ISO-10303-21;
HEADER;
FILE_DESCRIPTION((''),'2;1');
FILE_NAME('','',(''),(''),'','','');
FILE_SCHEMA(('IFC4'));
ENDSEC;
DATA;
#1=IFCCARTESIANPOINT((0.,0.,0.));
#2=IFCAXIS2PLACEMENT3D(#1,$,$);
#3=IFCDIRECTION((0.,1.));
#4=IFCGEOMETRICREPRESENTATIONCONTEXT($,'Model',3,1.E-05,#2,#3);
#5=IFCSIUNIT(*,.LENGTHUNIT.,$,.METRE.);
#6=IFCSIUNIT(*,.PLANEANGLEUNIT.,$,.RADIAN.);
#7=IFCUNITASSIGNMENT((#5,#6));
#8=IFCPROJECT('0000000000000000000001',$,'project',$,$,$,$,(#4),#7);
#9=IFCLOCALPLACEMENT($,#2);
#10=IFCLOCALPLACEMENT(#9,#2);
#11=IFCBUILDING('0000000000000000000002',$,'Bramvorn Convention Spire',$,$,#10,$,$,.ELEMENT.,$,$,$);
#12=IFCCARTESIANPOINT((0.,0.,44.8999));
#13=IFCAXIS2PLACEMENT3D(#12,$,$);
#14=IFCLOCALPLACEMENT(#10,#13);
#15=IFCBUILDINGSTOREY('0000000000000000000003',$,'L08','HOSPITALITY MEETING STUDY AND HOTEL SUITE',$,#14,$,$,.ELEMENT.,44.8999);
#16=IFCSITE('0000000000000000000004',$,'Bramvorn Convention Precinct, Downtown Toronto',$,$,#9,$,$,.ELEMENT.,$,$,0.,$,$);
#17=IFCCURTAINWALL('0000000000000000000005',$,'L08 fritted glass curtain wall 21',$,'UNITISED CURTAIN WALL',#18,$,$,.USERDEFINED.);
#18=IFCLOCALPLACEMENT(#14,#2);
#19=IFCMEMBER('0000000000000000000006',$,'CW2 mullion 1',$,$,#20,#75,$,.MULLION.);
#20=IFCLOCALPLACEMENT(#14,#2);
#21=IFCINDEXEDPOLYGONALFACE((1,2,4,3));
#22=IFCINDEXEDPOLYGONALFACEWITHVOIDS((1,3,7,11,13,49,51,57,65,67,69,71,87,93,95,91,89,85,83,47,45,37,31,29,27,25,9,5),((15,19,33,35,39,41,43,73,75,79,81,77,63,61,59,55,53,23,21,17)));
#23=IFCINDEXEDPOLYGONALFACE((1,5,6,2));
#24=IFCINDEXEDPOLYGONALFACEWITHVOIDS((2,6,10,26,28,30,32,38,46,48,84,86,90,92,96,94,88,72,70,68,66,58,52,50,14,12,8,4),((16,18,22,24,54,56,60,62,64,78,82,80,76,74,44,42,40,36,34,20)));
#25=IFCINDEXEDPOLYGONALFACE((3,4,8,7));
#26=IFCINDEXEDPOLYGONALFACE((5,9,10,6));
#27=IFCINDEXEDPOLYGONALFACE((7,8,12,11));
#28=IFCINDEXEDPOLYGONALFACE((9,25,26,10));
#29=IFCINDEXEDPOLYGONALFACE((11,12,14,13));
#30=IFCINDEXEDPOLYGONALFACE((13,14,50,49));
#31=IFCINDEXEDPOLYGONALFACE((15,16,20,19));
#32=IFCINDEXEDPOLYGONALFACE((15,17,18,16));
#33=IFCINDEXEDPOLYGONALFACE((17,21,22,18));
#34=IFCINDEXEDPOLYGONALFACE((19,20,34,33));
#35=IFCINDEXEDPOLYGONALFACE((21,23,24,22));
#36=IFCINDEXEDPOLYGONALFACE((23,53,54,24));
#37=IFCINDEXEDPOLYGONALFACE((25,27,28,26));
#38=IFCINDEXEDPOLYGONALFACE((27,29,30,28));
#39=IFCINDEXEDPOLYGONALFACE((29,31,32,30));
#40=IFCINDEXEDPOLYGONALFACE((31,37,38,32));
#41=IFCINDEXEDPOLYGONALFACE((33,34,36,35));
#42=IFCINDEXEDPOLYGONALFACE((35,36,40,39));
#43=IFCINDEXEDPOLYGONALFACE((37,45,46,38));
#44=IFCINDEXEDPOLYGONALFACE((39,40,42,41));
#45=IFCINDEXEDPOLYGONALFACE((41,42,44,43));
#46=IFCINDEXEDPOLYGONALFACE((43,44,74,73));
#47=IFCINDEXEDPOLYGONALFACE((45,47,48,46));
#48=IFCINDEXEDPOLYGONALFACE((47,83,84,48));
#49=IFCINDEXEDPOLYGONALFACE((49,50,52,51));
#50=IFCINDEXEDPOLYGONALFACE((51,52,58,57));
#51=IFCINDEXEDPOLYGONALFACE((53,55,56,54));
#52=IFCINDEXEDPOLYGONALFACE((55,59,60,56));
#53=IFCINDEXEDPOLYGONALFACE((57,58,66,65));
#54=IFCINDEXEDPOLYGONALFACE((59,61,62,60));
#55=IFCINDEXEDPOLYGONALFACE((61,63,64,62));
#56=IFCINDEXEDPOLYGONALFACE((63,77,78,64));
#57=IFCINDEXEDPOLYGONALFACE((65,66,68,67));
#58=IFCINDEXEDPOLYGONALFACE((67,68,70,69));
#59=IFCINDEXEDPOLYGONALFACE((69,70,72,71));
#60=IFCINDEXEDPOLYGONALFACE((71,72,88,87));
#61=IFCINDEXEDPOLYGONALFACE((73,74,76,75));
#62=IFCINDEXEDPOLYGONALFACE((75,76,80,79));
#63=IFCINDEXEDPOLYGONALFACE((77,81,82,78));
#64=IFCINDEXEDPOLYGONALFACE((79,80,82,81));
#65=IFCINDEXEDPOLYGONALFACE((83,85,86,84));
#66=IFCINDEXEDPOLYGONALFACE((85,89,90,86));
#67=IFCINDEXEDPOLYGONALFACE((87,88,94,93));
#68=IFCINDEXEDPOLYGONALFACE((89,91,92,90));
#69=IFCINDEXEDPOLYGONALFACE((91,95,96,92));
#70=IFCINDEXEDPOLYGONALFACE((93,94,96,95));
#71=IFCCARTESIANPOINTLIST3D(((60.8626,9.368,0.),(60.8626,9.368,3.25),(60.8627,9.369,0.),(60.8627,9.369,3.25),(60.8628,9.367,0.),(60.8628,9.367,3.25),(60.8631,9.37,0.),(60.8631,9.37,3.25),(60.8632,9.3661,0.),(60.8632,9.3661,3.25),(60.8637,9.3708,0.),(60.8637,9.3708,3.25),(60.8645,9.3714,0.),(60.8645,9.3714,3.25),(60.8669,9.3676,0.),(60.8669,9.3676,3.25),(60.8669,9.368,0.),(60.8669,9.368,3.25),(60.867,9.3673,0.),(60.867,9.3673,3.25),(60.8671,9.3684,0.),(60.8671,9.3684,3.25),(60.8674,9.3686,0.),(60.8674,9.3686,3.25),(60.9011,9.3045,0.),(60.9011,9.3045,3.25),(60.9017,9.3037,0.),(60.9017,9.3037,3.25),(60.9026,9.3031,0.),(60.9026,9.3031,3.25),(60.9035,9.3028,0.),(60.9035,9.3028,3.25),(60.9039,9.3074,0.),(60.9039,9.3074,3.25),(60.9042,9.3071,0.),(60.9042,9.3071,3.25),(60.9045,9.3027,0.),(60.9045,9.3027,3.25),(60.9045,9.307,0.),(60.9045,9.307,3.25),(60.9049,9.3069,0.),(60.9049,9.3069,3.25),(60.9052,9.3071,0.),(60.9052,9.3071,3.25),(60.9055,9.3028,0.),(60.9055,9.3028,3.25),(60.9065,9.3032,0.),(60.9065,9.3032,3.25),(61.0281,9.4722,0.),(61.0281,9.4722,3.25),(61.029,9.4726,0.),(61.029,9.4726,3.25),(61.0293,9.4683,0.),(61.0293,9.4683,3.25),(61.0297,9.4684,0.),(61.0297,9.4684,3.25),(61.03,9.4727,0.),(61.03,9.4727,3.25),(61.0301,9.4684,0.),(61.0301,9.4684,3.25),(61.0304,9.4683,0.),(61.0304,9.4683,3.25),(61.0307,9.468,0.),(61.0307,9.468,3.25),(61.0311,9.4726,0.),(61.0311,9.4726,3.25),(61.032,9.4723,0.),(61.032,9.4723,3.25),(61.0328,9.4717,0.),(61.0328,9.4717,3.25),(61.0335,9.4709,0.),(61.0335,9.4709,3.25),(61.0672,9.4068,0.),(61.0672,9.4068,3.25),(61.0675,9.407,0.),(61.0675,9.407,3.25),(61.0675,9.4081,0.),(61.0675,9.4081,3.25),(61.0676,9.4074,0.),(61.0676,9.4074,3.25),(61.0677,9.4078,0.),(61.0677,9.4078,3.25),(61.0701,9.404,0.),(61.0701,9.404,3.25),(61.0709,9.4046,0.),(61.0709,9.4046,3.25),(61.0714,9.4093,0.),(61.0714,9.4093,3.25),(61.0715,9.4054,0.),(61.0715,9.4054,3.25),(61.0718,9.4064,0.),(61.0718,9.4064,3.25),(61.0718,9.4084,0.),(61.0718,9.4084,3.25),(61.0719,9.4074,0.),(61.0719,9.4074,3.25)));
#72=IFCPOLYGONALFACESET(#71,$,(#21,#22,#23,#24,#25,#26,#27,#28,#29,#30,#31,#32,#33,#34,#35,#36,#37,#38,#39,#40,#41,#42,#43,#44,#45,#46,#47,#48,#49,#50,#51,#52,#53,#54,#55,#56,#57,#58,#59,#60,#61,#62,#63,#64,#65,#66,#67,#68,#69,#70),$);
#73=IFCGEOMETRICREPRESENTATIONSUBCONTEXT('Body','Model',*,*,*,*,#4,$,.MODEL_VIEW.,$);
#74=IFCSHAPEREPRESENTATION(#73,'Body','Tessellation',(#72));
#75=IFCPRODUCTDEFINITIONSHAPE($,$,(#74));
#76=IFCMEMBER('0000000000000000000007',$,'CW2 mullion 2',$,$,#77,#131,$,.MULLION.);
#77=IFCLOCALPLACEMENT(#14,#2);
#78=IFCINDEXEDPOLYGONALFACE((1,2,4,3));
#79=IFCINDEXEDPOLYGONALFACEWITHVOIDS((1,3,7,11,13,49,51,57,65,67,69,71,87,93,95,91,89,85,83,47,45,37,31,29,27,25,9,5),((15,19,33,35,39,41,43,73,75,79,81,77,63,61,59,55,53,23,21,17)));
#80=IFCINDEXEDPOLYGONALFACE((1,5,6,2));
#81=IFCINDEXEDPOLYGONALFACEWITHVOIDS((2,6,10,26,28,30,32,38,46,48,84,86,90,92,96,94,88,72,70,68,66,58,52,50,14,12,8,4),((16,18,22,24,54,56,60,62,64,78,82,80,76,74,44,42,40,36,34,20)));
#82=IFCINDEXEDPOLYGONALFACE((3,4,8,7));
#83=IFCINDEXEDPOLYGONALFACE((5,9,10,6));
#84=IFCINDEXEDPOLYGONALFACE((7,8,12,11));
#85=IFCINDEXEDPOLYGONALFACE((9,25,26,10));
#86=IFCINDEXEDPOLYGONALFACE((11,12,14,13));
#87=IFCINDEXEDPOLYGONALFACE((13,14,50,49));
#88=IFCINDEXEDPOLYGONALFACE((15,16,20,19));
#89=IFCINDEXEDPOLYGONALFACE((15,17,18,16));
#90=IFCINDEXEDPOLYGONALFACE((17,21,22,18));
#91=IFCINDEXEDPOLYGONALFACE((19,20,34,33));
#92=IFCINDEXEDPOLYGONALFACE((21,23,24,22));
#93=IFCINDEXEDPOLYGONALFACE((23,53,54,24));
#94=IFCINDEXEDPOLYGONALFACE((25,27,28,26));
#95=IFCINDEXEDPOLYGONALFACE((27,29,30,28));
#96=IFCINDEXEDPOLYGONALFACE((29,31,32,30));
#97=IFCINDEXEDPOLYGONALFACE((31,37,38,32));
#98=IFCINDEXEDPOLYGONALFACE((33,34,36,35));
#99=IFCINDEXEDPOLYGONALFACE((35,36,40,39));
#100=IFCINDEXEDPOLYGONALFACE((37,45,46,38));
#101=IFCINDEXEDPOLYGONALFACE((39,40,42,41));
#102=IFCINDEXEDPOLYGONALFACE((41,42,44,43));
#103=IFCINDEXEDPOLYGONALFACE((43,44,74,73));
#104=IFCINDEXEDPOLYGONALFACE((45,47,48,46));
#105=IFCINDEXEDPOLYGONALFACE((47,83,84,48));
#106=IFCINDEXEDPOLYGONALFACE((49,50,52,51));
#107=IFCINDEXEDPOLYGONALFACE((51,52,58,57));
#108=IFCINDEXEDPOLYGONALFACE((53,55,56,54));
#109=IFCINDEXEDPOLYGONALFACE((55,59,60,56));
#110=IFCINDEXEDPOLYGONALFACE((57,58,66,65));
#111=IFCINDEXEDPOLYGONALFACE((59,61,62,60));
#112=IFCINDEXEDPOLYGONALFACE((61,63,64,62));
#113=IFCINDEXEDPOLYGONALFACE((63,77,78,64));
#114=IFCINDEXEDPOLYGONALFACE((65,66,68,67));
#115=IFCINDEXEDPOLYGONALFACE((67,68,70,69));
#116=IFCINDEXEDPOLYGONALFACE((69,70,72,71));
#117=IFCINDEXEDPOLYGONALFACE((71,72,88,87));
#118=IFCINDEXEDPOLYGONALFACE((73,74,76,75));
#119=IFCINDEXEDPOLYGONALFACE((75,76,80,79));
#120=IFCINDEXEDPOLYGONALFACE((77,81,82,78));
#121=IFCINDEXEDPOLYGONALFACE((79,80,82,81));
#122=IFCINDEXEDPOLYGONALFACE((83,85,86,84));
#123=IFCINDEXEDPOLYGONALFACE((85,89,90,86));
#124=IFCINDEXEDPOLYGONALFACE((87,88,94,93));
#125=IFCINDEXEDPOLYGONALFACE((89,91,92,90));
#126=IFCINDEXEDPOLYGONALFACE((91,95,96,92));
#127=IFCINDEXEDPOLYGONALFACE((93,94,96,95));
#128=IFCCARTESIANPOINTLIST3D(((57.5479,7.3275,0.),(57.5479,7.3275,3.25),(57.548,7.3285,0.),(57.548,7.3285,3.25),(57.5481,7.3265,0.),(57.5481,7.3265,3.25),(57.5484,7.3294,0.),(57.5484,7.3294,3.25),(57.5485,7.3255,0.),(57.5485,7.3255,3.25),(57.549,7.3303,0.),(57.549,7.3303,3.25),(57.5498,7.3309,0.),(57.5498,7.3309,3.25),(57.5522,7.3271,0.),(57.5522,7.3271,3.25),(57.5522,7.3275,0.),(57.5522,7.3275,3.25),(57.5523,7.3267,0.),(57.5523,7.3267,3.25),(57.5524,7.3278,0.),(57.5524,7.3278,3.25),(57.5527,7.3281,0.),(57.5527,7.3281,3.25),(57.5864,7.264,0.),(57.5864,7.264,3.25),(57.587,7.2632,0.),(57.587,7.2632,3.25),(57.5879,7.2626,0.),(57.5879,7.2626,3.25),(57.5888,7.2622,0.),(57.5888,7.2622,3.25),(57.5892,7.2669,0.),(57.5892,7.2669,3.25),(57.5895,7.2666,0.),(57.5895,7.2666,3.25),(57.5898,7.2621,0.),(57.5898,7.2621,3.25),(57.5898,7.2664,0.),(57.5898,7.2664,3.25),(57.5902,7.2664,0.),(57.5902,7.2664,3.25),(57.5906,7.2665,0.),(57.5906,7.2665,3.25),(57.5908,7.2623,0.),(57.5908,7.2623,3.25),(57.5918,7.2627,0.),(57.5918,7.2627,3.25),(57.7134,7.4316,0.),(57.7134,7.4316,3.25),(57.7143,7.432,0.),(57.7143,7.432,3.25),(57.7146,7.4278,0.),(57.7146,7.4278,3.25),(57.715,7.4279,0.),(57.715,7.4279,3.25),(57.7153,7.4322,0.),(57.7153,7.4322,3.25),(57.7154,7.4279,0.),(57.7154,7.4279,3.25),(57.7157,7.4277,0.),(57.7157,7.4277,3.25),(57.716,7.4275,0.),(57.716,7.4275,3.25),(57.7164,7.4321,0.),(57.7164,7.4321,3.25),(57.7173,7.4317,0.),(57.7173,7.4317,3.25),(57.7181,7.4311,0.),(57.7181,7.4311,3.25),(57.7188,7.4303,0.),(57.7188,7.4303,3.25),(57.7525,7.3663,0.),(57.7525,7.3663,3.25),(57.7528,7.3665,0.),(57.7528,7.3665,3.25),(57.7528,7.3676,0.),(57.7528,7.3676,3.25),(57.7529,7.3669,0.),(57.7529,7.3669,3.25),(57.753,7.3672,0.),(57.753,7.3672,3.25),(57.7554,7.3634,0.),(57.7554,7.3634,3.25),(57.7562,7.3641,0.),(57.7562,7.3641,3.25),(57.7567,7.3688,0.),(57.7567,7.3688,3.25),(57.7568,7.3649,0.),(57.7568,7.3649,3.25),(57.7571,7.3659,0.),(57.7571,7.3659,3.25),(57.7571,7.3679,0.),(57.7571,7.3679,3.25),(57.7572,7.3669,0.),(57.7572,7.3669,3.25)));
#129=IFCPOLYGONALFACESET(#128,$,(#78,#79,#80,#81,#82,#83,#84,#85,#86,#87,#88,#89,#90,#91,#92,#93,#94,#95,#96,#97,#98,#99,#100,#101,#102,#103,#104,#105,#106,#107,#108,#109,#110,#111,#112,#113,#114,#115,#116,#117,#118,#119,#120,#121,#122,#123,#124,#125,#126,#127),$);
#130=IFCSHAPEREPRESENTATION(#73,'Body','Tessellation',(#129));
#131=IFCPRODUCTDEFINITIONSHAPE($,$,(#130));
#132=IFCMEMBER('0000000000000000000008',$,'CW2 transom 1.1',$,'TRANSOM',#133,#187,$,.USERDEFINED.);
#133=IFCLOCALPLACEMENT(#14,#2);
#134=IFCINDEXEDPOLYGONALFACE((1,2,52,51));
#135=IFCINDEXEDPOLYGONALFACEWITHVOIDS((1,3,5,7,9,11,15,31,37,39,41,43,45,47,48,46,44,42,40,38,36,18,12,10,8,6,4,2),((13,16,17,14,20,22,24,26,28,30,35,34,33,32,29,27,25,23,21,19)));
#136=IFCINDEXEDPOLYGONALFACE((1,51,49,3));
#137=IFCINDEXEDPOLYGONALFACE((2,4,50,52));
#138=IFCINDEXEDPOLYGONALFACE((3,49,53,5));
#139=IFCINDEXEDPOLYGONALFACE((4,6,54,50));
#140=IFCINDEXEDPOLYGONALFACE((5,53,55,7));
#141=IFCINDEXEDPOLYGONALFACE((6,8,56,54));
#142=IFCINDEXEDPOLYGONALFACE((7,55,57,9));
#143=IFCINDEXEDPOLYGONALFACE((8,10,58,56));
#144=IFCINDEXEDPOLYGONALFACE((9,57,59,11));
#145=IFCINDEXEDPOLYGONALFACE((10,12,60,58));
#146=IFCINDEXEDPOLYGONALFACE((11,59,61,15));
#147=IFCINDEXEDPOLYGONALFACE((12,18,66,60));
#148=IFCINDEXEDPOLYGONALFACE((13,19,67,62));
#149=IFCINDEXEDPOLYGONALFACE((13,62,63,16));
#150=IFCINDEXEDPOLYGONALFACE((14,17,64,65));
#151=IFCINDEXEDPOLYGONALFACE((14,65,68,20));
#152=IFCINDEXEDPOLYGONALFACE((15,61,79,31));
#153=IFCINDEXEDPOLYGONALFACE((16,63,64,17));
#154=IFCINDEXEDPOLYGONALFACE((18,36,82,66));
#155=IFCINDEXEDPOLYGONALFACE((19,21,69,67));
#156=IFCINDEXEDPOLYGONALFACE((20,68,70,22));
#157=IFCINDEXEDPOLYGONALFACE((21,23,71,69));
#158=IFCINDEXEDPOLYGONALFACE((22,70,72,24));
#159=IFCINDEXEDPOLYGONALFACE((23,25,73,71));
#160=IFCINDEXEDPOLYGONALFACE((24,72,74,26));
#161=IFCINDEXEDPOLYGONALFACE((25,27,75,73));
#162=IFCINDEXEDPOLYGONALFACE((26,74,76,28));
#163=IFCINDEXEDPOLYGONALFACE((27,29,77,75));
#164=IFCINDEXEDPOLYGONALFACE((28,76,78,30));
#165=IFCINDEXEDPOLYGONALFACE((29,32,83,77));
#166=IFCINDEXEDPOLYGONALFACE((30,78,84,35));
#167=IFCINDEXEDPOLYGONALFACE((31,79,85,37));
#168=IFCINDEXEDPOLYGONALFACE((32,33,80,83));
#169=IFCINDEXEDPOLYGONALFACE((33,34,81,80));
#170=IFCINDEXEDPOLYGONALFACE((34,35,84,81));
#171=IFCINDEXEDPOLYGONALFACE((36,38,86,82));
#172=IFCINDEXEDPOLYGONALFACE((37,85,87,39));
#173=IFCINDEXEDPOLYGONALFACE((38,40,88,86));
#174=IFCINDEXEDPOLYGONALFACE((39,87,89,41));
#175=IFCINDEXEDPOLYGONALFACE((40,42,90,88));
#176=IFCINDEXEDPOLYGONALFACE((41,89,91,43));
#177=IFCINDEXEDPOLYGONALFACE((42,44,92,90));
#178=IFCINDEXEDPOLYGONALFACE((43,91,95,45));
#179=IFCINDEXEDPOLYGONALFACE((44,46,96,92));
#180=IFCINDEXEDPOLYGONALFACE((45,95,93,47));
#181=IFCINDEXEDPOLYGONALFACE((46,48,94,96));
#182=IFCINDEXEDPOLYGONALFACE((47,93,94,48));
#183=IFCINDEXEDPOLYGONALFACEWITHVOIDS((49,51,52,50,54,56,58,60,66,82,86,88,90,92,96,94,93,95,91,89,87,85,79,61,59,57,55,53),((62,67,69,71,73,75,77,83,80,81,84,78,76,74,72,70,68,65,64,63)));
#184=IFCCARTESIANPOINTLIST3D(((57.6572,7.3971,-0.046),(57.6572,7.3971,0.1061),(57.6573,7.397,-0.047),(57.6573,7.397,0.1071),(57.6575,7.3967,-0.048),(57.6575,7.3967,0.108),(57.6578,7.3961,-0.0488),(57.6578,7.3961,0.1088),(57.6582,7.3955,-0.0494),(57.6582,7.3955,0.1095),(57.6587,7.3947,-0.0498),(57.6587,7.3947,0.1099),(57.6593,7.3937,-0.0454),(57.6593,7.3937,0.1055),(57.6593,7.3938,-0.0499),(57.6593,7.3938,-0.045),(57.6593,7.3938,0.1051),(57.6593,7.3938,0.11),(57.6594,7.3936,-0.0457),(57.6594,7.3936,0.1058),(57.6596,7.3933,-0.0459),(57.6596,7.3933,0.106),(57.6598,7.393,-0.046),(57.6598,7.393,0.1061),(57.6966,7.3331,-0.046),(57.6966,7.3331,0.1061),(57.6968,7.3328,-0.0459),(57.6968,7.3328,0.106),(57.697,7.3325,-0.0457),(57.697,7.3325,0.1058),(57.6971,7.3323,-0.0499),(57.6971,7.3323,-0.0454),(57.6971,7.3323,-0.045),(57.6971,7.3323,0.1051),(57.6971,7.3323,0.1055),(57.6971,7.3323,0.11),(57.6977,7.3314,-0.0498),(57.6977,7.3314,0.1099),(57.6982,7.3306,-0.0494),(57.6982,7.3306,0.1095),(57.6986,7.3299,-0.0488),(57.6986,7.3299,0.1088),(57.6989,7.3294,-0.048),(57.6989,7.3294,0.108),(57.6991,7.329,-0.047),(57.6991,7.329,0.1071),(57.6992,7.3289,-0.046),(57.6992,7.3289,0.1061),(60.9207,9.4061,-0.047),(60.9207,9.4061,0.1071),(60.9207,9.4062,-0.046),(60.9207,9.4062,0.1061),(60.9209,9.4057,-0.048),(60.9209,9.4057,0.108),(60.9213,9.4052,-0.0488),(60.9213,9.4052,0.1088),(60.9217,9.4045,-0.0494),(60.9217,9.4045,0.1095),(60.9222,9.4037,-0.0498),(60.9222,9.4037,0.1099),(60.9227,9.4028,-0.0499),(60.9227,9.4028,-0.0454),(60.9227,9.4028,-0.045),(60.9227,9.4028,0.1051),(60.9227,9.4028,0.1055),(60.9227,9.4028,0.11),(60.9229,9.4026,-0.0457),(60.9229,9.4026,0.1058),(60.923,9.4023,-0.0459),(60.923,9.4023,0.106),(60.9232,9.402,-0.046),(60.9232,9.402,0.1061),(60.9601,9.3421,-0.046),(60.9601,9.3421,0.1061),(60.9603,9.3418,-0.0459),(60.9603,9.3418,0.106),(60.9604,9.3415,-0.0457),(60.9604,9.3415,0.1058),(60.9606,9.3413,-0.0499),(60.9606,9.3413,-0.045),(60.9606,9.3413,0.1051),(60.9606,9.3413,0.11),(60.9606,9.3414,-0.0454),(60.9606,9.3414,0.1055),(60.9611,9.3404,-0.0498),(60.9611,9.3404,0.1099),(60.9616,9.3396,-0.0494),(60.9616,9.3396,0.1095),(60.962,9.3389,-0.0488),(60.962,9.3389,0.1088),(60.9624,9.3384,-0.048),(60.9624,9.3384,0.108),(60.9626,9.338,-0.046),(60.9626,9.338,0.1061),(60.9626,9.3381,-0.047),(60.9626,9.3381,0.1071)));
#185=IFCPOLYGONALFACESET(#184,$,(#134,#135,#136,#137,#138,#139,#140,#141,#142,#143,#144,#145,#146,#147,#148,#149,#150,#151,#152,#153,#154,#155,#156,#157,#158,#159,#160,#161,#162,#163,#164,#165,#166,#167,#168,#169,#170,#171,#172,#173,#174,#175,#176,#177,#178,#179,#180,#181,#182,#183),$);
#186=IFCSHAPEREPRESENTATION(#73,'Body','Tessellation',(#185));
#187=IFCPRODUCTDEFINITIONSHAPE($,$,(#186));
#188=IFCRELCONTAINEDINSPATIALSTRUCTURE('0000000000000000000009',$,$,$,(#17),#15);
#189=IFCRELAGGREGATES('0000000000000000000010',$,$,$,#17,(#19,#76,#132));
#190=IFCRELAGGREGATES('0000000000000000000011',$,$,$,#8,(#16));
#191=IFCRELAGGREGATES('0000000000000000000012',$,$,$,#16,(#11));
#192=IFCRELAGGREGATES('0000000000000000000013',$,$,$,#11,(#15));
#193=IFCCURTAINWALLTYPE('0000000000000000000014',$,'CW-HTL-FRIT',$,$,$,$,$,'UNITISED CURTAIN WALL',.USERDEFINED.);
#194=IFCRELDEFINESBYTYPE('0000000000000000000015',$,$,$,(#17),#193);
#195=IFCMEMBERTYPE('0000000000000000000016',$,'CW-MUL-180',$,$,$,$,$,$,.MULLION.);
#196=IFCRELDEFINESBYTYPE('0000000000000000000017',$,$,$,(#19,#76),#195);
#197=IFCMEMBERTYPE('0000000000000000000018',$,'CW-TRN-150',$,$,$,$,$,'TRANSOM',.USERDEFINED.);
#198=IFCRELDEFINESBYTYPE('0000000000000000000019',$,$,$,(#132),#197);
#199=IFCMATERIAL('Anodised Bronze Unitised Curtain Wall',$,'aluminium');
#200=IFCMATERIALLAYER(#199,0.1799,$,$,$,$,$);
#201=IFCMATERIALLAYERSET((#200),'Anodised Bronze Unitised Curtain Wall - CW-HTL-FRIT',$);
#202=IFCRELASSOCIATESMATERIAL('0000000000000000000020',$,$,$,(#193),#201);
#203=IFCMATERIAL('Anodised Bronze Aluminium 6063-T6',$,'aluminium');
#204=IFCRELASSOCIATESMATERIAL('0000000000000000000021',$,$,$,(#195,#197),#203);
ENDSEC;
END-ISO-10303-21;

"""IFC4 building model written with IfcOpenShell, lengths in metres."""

from ifc_helpers import new_model, si_unit, direction, frame, origin, origin_2d, place, context, subcontext, project, spatial, hollow_rectangle, extrude, material, layer, layer_set, material_profile, profile_set, type_object, element, aggregate, save


model = new_model("IFC4")

# Units and contexts
model_context = context("Model", 3, precision=1e-05, world=origin(), true_north=direction((0.0, 1.0)))
body_context = subcontext(model_context, "Body", "Model", "MODEL_VIEW")
ifc_project = project(units=[si_unit("LENGTHUNIT", "METRE"), si_unit("PLANEANGLEUNIT", "RADIAN")], contexts=[model_context])

# Site, building, storey
site_placement = place(None, origin())
site = spatial("IfcSite", under=ifc_project, at=site_placement, Name="Bramvorn Convention Precinct, Downtown Toronto", CompositionType="ELEMENT", RefElevation=0.0)
building_placement = place(site_placement, origin())
building = spatial("IfcBuilding", under=site, at=building_placement, Name="Bramvorn Convention Spire", CompositionType="ELEMENT")
storey_placement = place(building_placement, frame((0.0, 0.0, 44.8999)))
storey = spatial("IfcBuildingStorey", under=building, at=storey_placement, Name="L08", Description="HOSPITALITY MEETING STUDY AND HOTEL SUITE", CompositionType="ELEMENT", Elevation=44.8999)

# Curtain wall, members
ifc_material_1 = material(Name="Anodised Bronze Unitised Curtain Wall", Category="aluminium")
ifc_layer_1 = layer(ifc_material_1, 0.1799)
ifc_layer_set_1 = layer_set([ifc_layer_1], Name="Anodised Bronze Unitised Curtain Wall - CW-HTL-FRIT")
curtain_wall_type = type_object("IfcCurtainWallType", Name="CW-HTL-FRIT", ElementType="UNITISED CURTAIN WALL", PredefinedType="USERDEFINED", material=ifc_layer_set_1)
curtain_wall_placement = place(storey_placement, origin())
curtain_wall = element("IfcCurtainWall", 1, at=curtain_wall_placement, inside=storey, type_object=curtain_wall_type, Name="L08 fritted glass curtain wall 21", ObjectType="UNITISED CURTAIN WALL", PredefinedType="USERDEFINED")
ifc_material_2 = material(Name="Anodised Bronze Aluminium 6063-T6", Category="aluminium")
ifc_material_profile_1 = material_profile(ifc_material_2, hollow_rectangle(XDim=0.0801, YDim=0.2, WallThickness=0.0039, InnerFilletRadius=0.001, OuterFilletRadius=0.0039, at=origin_2d()))
ifc_profile_set_1 = profile_set([ifc_material_profile_1], Name="Anodised Bronze Aluminium 6063-T6 - CWM80X200")
member_type_1 = type_object("IfcMemberType", Name="CW-MUL-180", PredefinedType="MULLION", material=ifc_profile_set_1)
member_1_placement = place(storey_placement, frame((60.9673, 9.3877, 0.0), z_axis=(0.0, 0.0, 1.0), x_axis=(0.524244, -0.851568, 0.0)))
member_1 = element("IfcMember", 2, at=member_1_placement, type_object=member_type_1, Name="CW2 mullion 1", PredefinedType="MULLION", context=body_context, shape_type="SweptSolid", body=[
    extrude(hollow_rectangle(XDim=0.0801, YDim=0.2, WallThickness=0.0039, InnerFilletRadius=0.001, OuterFilletRadius=0.0039, at=origin_2d()), origin(), (0.0, 0.0, 1.0), 3.25),
])
member_2_placement = place(storey_placement, frame((57.6526, 7.3472, 0.0), z_axis=(0.0, 0.0, 1.0), x_axis=(0.524244, -0.851568, 0.0)))
member_2 = element("IfcMember", 3, at=member_2_placement, type_object=member_type_1, Name="CW2 mullion 2", PredefinedType="MULLION", context=body_context, shape_type="SweptSolid", body=[
    extrude(hollow_rectangle(XDim=0.0801, YDim=0.2, WallThickness=0.0039, InnerFilletRadius=0.001, OuterFilletRadius=0.0039, at=origin_2d()), origin(), (0.0, 0.0, 1.0), 3.25),
])
ifc_material_profile_2 = material_profile(ifc_material_2, hollow_rectangle(XDim=0.0801, YDim=0.1599, WallThickness=0.0039, InnerFilletRadius=0.001, OuterFilletRadius=0.0039, at=origin_2d()))
ifc_profile_set_2 = profile_set([ifc_material_profile_2], Name="Anodised Bronze Aluminium 6063-T6 - CWT80X160")
member_type_2 = type_object("IfcMemberType", Name="CW-TRN-150", ElementType="TRANSOM", PredefinedType="USERDEFINED", material=ifc_profile_set_2)
member_3_placement = place(storey_placement, frame((60.9417, 9.3721, 0.03), z_axis=(-0.851569, -0.524243, 0.0), x_axis=(0.524243, -0.851569, 0.0)))
member_3 = element("IfcMember", 4, at=member_3_placement, type_object=member_type_2, Name="CW2 transom 1.1", ObjectType="TRANSOM", PredefinedType="USERDEFINED", context=body_context, shape_type="SweptSolid", body=[
    extrude(hollow_rectangle(XDim=0.0801, YDim=0.1599, WallThickness=0.0039, InnerFilletRadius=0.001, OuterFilletRadius=0.0039, at=origin_2d()), origin(), (0.0, 0.0, 1.0), 3.8323),
])

aggregate(curtain_wall, [member_1, member_2, member_3])

save(model, "model.ifc")
